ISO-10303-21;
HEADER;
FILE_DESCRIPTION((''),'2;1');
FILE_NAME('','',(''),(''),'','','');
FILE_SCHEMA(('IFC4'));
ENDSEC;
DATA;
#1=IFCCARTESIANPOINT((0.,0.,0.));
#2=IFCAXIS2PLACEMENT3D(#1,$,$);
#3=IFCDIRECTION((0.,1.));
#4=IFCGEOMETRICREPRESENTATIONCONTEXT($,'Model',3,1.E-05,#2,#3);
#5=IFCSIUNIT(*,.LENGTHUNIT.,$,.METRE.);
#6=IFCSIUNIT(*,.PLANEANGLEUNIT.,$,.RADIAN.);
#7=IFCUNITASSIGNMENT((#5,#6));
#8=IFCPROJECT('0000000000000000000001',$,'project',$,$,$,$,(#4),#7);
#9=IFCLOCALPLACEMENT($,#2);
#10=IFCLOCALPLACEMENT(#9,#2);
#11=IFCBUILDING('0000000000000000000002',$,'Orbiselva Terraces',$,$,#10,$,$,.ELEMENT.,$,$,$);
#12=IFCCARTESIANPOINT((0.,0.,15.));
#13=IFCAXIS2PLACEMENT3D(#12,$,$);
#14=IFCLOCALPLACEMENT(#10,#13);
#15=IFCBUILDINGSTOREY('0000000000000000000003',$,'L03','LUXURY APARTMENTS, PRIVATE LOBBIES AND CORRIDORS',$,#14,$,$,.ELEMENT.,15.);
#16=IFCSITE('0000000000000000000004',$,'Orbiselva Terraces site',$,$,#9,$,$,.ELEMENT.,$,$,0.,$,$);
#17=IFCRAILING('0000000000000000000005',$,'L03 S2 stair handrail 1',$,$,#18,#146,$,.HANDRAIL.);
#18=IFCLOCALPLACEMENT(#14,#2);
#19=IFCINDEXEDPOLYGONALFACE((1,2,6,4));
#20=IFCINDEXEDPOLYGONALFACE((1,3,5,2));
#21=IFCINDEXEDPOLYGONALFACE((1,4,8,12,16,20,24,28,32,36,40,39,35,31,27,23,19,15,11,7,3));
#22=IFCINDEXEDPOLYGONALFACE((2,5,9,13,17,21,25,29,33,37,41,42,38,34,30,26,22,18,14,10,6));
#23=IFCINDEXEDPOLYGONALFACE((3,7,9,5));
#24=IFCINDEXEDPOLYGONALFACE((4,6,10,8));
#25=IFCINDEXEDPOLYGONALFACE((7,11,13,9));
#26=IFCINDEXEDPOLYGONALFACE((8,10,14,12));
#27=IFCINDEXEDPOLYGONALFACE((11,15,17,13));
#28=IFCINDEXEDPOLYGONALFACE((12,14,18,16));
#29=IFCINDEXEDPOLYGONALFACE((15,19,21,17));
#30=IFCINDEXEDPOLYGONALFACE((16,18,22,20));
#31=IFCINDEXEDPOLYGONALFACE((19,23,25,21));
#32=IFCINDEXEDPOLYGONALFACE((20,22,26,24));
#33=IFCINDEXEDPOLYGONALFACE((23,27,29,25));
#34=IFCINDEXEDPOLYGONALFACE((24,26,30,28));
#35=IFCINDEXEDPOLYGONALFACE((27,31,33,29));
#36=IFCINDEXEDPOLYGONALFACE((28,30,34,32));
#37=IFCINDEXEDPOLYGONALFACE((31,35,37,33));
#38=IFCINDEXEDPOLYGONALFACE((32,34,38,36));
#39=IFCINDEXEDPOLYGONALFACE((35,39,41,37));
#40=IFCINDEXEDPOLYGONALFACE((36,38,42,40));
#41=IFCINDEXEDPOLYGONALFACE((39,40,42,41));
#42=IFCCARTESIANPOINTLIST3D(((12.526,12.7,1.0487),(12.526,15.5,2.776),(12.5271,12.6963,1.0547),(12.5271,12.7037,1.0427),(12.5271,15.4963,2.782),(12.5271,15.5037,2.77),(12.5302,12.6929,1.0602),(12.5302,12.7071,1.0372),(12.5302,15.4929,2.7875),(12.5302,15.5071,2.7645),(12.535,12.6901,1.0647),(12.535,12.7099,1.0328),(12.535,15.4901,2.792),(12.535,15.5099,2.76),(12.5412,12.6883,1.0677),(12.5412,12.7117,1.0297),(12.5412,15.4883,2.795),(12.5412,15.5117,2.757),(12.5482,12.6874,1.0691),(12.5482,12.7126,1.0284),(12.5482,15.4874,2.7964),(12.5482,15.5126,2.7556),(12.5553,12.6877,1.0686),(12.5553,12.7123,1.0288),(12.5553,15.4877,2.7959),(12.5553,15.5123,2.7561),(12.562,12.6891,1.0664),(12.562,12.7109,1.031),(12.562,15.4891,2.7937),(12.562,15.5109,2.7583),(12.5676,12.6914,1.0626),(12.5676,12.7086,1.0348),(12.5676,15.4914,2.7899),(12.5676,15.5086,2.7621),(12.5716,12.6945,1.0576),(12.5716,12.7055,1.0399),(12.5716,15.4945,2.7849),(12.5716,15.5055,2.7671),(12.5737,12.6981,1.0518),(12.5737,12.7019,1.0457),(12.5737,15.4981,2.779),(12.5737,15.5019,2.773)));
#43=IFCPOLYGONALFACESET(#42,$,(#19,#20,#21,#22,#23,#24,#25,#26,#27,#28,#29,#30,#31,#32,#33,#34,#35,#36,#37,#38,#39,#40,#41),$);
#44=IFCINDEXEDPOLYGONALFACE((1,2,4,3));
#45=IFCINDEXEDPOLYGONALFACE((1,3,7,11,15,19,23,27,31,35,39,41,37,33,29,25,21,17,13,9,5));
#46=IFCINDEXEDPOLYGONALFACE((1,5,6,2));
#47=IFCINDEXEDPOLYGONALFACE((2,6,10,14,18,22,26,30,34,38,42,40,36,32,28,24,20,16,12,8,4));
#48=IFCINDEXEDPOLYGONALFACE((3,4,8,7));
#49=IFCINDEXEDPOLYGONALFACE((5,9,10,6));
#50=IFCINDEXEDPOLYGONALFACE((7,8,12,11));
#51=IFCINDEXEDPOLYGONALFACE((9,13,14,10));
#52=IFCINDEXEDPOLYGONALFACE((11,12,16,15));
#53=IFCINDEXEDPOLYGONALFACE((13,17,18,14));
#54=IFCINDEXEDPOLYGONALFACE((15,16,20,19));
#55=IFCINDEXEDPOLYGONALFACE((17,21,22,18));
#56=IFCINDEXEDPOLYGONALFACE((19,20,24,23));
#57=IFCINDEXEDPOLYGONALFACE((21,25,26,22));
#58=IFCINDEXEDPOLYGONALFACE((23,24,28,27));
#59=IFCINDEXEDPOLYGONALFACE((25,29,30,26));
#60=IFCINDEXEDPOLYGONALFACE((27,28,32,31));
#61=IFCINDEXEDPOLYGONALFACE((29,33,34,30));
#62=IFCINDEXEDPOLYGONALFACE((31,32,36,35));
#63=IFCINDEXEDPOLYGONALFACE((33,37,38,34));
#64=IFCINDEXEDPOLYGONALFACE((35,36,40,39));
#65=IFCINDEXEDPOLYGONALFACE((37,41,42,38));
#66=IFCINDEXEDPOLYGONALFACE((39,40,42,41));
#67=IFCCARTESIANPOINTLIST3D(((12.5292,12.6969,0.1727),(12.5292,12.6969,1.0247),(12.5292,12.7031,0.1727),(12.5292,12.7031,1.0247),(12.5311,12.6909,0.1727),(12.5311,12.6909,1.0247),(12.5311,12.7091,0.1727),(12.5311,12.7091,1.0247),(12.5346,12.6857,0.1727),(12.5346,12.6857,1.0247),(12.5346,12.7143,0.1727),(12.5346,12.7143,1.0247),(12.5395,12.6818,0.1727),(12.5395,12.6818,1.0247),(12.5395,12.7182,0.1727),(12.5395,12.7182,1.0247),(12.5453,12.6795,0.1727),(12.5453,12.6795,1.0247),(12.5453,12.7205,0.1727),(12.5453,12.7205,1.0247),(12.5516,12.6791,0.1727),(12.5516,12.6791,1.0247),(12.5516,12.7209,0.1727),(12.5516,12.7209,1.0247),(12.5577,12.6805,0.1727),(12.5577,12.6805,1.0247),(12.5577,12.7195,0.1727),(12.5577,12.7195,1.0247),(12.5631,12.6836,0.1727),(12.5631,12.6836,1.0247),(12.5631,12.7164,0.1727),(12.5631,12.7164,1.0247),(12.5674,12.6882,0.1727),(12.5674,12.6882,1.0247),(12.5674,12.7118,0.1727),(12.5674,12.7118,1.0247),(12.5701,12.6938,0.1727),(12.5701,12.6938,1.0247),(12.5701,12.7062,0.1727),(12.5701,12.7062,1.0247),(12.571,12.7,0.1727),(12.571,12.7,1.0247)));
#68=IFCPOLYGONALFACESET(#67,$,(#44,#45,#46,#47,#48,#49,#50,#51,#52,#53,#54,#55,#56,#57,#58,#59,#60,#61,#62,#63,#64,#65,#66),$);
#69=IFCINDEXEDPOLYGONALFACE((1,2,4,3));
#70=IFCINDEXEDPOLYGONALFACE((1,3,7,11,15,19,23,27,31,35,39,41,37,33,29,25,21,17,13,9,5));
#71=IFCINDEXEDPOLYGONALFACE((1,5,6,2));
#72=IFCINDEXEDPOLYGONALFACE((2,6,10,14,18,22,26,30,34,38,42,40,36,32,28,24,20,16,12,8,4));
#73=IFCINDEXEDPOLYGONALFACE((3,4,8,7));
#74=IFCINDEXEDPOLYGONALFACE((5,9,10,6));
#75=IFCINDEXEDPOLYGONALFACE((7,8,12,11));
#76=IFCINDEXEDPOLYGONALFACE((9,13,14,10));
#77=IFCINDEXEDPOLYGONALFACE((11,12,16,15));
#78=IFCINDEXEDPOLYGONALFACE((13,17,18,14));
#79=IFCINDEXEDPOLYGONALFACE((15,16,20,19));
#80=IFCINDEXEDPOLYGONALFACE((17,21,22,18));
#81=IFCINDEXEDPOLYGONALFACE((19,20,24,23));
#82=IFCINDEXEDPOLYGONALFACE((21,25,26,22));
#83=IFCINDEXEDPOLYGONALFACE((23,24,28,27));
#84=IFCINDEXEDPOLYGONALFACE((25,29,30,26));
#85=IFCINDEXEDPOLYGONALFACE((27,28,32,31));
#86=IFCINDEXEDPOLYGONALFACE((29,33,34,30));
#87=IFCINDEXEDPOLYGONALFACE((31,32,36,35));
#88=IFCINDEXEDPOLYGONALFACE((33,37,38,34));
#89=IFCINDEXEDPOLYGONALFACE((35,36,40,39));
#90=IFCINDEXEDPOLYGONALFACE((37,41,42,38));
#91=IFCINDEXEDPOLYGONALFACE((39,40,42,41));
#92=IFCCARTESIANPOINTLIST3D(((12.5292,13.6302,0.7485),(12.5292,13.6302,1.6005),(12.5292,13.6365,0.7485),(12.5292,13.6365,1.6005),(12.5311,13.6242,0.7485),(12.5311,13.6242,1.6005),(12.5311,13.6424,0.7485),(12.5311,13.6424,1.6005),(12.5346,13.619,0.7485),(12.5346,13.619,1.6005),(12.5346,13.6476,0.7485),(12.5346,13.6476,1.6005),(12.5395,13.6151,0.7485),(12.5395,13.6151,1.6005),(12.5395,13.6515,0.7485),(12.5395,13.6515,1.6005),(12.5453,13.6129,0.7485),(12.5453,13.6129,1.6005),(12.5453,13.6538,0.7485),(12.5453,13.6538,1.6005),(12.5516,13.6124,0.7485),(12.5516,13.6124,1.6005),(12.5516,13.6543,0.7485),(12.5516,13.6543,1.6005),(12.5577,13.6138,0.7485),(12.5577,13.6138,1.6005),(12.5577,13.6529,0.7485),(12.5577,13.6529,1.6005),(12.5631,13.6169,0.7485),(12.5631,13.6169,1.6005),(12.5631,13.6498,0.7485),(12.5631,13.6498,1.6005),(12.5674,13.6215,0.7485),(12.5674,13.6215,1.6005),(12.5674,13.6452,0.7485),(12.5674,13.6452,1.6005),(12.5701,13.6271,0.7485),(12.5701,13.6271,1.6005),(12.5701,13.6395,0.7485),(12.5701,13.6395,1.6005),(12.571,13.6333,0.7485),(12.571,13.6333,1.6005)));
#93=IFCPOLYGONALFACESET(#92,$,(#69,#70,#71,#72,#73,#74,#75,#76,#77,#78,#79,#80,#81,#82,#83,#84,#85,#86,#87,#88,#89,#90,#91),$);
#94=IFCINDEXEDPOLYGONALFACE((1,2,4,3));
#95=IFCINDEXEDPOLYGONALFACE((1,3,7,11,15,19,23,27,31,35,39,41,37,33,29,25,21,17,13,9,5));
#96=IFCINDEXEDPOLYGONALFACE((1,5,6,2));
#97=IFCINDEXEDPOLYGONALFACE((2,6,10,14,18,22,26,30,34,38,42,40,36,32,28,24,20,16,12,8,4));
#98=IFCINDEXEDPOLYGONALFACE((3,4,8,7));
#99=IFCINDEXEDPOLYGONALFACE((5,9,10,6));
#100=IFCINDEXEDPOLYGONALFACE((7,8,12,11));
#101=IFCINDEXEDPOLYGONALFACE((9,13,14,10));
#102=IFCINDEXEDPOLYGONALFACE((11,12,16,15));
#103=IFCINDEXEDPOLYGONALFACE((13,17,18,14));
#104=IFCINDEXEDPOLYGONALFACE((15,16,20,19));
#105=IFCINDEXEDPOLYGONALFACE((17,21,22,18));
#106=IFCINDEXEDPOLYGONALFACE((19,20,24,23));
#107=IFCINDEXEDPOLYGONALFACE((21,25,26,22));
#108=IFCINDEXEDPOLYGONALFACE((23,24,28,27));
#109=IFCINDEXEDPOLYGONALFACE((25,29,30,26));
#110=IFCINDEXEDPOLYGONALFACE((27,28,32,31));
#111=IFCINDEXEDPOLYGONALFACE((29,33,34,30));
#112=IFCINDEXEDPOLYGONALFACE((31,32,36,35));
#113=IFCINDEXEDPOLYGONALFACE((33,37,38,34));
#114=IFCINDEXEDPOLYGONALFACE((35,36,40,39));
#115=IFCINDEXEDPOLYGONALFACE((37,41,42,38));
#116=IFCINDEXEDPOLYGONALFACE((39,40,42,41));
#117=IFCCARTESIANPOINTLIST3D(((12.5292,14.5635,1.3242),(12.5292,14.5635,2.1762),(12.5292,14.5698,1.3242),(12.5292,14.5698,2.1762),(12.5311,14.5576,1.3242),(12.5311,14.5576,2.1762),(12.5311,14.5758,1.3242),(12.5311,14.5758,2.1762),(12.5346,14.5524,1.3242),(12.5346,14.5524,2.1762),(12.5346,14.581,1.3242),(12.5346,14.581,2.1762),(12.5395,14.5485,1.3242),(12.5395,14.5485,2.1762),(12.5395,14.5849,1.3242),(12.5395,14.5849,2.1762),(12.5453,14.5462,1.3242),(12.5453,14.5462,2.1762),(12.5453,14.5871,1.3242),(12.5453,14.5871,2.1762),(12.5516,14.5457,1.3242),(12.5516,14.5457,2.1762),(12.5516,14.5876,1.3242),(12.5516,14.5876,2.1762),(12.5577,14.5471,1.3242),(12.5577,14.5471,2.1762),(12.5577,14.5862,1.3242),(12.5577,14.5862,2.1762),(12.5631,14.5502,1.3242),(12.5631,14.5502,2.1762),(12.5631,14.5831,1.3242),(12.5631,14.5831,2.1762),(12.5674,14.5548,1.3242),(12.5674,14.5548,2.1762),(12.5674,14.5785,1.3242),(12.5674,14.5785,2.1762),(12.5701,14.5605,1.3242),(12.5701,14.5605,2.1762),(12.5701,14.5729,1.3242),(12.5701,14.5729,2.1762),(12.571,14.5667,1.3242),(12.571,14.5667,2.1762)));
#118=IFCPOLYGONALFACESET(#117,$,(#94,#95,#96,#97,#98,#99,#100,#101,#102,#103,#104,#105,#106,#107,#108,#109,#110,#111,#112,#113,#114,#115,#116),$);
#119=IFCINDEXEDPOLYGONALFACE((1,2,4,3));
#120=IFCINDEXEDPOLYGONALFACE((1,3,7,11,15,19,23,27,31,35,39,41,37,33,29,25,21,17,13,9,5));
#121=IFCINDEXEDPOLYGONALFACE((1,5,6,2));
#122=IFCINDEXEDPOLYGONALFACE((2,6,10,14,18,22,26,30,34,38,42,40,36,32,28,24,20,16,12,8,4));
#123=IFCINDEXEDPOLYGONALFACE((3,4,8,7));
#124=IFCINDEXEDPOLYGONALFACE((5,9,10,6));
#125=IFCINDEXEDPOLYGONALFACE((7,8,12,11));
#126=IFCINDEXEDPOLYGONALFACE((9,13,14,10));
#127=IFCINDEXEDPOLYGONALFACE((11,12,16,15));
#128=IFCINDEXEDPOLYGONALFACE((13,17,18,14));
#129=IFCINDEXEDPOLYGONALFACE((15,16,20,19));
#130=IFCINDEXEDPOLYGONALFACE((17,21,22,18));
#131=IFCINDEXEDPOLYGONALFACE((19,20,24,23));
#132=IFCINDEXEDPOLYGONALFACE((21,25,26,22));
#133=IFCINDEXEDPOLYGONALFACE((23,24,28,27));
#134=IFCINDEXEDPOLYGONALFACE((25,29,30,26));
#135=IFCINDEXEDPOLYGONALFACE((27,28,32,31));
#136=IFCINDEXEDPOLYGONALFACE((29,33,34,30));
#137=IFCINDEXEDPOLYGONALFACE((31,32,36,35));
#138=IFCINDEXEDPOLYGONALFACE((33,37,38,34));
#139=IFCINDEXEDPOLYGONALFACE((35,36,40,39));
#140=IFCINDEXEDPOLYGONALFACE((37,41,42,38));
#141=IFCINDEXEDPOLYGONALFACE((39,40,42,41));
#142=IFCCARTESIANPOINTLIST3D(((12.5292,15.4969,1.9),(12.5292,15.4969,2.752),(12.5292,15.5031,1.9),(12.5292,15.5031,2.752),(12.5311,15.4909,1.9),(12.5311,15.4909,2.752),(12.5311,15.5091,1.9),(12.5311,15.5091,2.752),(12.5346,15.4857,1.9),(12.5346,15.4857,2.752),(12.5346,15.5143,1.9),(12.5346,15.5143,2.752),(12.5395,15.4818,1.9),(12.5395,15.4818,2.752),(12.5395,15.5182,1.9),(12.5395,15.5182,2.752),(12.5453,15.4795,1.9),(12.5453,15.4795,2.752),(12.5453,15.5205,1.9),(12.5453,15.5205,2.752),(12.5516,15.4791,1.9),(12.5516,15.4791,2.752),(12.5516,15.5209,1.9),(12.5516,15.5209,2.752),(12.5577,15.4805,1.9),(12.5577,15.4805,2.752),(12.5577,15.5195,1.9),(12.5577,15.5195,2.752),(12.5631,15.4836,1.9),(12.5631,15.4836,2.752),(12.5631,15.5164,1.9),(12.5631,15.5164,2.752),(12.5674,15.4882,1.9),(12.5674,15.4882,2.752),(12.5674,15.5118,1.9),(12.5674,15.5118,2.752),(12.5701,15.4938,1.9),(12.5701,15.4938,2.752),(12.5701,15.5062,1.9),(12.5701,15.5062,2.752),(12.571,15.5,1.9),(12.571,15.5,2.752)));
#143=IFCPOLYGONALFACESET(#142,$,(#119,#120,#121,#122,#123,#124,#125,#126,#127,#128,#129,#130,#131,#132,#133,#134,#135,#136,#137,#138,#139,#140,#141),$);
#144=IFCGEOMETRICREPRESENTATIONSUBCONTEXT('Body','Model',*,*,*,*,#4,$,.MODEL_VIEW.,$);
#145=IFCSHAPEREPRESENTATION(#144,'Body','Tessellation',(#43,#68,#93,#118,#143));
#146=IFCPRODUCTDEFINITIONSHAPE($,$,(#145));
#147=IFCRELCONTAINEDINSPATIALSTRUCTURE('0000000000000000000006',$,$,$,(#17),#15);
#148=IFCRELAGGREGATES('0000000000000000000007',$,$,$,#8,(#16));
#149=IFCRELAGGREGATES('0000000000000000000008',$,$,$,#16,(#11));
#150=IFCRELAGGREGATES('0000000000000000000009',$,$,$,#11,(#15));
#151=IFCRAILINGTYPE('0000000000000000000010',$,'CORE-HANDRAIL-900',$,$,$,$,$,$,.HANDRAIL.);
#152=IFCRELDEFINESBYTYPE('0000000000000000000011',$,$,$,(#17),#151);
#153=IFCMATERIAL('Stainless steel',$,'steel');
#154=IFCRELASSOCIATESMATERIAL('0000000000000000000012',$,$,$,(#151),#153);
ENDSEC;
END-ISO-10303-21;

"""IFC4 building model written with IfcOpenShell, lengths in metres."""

from ifc_helpers import new_model, si_unit, direction, frame, origin, origin_2d, place, context, subcontext, project, spatial, circle, extrude, material, type_object, element, save


model = new_model("IFC4")

# Units and contexts
model_context = context("Model", 3, precision=1e-05, world=origin(), true_north=direction((0.0, 1.0)))
body_context = subcontext(model_context, "Body", "Model", "MODEL_VIEW")
ifc_project = project(units=[si_unit("LENGTHUNIT", "METRE"), si_unit("PLANEANGLEUNIT", "RADIAN")], contexts=[model_context])

# Site, building, storey
site_placement = place(None, origin())
site = spatial("IfcSite", under=ifc_project, at=site_placement, Name="Orbiselva Terraces site", CompositionType="ELEMENT", RefElevation=0.0)
building_placement = place(site_placement, origin())
building = spatial("IfcBuilding", under=site, at=building_placement, Name="Orbiselva Terraces", CompositionType="ELEMENT")
storey_placement = place(building_placement, frame((0.0, 0.0, 15.0)))
storey = spatial("IfcBuildingStorey", under=building, at=storey_placement, Name="L03", Description="LUXURY APARTMENTS, PRIVATE LOBBIES AND CORRIDORS", CompositionType="ELEMENT", Elevation=15.0)

# Railing
ifc_material_1 = material(Name="Stainless steel", Category="steel")
railing_type = type_object("IfcRailingType", Name="CORE-HANDRAIL-900", PredefinedType="HANDRAIL", material=ifc_material_1)
railing_1_placement = place(storey_placement, frame((12.55, 12.7, 0.1727)))
element("IfcRailing", 1, at=railing_1_placement, inside=storey, type_object=railing_type, Name="L03 S2 stair handrail 1", PredefinedType="HANDRAIL", context=body_context, shape_type="SweptSolid", body=[
    extrude(circle(Radius=0.024, at=origin_2d()), frame((0.0, 0.0, 0.876), z_axis=(0.0, 0.851089, 0.525022), x_axis=(-1.0, 0.0, 0.0)), (0.0, 0.0, 1.0), 3.2899),
    extrude(circle(Radius=0.021, at=origin_2d()), origin(), (0.0, 0.0, 1.0), 0.852),
    extrude(circle(Radius=0.021, at=origin_2d()), frame((0.0, 0.9333, 0.5758)), (0.0, 0.0, 1.0), 0.852),
    extrude(circle(Radius=0.021, at=origin_2d()), frame((0.0, 1.8667, 1.1515)), (0.0, 0.0, 1.0), 0.852),
    extrude(circle(Radius=0.021, at=origin_2d()), frame((0.0, 2.8, 1.7273)), (0.0, 0.0, 1.0), 0.852),
])

save(model, "model.ifc")
